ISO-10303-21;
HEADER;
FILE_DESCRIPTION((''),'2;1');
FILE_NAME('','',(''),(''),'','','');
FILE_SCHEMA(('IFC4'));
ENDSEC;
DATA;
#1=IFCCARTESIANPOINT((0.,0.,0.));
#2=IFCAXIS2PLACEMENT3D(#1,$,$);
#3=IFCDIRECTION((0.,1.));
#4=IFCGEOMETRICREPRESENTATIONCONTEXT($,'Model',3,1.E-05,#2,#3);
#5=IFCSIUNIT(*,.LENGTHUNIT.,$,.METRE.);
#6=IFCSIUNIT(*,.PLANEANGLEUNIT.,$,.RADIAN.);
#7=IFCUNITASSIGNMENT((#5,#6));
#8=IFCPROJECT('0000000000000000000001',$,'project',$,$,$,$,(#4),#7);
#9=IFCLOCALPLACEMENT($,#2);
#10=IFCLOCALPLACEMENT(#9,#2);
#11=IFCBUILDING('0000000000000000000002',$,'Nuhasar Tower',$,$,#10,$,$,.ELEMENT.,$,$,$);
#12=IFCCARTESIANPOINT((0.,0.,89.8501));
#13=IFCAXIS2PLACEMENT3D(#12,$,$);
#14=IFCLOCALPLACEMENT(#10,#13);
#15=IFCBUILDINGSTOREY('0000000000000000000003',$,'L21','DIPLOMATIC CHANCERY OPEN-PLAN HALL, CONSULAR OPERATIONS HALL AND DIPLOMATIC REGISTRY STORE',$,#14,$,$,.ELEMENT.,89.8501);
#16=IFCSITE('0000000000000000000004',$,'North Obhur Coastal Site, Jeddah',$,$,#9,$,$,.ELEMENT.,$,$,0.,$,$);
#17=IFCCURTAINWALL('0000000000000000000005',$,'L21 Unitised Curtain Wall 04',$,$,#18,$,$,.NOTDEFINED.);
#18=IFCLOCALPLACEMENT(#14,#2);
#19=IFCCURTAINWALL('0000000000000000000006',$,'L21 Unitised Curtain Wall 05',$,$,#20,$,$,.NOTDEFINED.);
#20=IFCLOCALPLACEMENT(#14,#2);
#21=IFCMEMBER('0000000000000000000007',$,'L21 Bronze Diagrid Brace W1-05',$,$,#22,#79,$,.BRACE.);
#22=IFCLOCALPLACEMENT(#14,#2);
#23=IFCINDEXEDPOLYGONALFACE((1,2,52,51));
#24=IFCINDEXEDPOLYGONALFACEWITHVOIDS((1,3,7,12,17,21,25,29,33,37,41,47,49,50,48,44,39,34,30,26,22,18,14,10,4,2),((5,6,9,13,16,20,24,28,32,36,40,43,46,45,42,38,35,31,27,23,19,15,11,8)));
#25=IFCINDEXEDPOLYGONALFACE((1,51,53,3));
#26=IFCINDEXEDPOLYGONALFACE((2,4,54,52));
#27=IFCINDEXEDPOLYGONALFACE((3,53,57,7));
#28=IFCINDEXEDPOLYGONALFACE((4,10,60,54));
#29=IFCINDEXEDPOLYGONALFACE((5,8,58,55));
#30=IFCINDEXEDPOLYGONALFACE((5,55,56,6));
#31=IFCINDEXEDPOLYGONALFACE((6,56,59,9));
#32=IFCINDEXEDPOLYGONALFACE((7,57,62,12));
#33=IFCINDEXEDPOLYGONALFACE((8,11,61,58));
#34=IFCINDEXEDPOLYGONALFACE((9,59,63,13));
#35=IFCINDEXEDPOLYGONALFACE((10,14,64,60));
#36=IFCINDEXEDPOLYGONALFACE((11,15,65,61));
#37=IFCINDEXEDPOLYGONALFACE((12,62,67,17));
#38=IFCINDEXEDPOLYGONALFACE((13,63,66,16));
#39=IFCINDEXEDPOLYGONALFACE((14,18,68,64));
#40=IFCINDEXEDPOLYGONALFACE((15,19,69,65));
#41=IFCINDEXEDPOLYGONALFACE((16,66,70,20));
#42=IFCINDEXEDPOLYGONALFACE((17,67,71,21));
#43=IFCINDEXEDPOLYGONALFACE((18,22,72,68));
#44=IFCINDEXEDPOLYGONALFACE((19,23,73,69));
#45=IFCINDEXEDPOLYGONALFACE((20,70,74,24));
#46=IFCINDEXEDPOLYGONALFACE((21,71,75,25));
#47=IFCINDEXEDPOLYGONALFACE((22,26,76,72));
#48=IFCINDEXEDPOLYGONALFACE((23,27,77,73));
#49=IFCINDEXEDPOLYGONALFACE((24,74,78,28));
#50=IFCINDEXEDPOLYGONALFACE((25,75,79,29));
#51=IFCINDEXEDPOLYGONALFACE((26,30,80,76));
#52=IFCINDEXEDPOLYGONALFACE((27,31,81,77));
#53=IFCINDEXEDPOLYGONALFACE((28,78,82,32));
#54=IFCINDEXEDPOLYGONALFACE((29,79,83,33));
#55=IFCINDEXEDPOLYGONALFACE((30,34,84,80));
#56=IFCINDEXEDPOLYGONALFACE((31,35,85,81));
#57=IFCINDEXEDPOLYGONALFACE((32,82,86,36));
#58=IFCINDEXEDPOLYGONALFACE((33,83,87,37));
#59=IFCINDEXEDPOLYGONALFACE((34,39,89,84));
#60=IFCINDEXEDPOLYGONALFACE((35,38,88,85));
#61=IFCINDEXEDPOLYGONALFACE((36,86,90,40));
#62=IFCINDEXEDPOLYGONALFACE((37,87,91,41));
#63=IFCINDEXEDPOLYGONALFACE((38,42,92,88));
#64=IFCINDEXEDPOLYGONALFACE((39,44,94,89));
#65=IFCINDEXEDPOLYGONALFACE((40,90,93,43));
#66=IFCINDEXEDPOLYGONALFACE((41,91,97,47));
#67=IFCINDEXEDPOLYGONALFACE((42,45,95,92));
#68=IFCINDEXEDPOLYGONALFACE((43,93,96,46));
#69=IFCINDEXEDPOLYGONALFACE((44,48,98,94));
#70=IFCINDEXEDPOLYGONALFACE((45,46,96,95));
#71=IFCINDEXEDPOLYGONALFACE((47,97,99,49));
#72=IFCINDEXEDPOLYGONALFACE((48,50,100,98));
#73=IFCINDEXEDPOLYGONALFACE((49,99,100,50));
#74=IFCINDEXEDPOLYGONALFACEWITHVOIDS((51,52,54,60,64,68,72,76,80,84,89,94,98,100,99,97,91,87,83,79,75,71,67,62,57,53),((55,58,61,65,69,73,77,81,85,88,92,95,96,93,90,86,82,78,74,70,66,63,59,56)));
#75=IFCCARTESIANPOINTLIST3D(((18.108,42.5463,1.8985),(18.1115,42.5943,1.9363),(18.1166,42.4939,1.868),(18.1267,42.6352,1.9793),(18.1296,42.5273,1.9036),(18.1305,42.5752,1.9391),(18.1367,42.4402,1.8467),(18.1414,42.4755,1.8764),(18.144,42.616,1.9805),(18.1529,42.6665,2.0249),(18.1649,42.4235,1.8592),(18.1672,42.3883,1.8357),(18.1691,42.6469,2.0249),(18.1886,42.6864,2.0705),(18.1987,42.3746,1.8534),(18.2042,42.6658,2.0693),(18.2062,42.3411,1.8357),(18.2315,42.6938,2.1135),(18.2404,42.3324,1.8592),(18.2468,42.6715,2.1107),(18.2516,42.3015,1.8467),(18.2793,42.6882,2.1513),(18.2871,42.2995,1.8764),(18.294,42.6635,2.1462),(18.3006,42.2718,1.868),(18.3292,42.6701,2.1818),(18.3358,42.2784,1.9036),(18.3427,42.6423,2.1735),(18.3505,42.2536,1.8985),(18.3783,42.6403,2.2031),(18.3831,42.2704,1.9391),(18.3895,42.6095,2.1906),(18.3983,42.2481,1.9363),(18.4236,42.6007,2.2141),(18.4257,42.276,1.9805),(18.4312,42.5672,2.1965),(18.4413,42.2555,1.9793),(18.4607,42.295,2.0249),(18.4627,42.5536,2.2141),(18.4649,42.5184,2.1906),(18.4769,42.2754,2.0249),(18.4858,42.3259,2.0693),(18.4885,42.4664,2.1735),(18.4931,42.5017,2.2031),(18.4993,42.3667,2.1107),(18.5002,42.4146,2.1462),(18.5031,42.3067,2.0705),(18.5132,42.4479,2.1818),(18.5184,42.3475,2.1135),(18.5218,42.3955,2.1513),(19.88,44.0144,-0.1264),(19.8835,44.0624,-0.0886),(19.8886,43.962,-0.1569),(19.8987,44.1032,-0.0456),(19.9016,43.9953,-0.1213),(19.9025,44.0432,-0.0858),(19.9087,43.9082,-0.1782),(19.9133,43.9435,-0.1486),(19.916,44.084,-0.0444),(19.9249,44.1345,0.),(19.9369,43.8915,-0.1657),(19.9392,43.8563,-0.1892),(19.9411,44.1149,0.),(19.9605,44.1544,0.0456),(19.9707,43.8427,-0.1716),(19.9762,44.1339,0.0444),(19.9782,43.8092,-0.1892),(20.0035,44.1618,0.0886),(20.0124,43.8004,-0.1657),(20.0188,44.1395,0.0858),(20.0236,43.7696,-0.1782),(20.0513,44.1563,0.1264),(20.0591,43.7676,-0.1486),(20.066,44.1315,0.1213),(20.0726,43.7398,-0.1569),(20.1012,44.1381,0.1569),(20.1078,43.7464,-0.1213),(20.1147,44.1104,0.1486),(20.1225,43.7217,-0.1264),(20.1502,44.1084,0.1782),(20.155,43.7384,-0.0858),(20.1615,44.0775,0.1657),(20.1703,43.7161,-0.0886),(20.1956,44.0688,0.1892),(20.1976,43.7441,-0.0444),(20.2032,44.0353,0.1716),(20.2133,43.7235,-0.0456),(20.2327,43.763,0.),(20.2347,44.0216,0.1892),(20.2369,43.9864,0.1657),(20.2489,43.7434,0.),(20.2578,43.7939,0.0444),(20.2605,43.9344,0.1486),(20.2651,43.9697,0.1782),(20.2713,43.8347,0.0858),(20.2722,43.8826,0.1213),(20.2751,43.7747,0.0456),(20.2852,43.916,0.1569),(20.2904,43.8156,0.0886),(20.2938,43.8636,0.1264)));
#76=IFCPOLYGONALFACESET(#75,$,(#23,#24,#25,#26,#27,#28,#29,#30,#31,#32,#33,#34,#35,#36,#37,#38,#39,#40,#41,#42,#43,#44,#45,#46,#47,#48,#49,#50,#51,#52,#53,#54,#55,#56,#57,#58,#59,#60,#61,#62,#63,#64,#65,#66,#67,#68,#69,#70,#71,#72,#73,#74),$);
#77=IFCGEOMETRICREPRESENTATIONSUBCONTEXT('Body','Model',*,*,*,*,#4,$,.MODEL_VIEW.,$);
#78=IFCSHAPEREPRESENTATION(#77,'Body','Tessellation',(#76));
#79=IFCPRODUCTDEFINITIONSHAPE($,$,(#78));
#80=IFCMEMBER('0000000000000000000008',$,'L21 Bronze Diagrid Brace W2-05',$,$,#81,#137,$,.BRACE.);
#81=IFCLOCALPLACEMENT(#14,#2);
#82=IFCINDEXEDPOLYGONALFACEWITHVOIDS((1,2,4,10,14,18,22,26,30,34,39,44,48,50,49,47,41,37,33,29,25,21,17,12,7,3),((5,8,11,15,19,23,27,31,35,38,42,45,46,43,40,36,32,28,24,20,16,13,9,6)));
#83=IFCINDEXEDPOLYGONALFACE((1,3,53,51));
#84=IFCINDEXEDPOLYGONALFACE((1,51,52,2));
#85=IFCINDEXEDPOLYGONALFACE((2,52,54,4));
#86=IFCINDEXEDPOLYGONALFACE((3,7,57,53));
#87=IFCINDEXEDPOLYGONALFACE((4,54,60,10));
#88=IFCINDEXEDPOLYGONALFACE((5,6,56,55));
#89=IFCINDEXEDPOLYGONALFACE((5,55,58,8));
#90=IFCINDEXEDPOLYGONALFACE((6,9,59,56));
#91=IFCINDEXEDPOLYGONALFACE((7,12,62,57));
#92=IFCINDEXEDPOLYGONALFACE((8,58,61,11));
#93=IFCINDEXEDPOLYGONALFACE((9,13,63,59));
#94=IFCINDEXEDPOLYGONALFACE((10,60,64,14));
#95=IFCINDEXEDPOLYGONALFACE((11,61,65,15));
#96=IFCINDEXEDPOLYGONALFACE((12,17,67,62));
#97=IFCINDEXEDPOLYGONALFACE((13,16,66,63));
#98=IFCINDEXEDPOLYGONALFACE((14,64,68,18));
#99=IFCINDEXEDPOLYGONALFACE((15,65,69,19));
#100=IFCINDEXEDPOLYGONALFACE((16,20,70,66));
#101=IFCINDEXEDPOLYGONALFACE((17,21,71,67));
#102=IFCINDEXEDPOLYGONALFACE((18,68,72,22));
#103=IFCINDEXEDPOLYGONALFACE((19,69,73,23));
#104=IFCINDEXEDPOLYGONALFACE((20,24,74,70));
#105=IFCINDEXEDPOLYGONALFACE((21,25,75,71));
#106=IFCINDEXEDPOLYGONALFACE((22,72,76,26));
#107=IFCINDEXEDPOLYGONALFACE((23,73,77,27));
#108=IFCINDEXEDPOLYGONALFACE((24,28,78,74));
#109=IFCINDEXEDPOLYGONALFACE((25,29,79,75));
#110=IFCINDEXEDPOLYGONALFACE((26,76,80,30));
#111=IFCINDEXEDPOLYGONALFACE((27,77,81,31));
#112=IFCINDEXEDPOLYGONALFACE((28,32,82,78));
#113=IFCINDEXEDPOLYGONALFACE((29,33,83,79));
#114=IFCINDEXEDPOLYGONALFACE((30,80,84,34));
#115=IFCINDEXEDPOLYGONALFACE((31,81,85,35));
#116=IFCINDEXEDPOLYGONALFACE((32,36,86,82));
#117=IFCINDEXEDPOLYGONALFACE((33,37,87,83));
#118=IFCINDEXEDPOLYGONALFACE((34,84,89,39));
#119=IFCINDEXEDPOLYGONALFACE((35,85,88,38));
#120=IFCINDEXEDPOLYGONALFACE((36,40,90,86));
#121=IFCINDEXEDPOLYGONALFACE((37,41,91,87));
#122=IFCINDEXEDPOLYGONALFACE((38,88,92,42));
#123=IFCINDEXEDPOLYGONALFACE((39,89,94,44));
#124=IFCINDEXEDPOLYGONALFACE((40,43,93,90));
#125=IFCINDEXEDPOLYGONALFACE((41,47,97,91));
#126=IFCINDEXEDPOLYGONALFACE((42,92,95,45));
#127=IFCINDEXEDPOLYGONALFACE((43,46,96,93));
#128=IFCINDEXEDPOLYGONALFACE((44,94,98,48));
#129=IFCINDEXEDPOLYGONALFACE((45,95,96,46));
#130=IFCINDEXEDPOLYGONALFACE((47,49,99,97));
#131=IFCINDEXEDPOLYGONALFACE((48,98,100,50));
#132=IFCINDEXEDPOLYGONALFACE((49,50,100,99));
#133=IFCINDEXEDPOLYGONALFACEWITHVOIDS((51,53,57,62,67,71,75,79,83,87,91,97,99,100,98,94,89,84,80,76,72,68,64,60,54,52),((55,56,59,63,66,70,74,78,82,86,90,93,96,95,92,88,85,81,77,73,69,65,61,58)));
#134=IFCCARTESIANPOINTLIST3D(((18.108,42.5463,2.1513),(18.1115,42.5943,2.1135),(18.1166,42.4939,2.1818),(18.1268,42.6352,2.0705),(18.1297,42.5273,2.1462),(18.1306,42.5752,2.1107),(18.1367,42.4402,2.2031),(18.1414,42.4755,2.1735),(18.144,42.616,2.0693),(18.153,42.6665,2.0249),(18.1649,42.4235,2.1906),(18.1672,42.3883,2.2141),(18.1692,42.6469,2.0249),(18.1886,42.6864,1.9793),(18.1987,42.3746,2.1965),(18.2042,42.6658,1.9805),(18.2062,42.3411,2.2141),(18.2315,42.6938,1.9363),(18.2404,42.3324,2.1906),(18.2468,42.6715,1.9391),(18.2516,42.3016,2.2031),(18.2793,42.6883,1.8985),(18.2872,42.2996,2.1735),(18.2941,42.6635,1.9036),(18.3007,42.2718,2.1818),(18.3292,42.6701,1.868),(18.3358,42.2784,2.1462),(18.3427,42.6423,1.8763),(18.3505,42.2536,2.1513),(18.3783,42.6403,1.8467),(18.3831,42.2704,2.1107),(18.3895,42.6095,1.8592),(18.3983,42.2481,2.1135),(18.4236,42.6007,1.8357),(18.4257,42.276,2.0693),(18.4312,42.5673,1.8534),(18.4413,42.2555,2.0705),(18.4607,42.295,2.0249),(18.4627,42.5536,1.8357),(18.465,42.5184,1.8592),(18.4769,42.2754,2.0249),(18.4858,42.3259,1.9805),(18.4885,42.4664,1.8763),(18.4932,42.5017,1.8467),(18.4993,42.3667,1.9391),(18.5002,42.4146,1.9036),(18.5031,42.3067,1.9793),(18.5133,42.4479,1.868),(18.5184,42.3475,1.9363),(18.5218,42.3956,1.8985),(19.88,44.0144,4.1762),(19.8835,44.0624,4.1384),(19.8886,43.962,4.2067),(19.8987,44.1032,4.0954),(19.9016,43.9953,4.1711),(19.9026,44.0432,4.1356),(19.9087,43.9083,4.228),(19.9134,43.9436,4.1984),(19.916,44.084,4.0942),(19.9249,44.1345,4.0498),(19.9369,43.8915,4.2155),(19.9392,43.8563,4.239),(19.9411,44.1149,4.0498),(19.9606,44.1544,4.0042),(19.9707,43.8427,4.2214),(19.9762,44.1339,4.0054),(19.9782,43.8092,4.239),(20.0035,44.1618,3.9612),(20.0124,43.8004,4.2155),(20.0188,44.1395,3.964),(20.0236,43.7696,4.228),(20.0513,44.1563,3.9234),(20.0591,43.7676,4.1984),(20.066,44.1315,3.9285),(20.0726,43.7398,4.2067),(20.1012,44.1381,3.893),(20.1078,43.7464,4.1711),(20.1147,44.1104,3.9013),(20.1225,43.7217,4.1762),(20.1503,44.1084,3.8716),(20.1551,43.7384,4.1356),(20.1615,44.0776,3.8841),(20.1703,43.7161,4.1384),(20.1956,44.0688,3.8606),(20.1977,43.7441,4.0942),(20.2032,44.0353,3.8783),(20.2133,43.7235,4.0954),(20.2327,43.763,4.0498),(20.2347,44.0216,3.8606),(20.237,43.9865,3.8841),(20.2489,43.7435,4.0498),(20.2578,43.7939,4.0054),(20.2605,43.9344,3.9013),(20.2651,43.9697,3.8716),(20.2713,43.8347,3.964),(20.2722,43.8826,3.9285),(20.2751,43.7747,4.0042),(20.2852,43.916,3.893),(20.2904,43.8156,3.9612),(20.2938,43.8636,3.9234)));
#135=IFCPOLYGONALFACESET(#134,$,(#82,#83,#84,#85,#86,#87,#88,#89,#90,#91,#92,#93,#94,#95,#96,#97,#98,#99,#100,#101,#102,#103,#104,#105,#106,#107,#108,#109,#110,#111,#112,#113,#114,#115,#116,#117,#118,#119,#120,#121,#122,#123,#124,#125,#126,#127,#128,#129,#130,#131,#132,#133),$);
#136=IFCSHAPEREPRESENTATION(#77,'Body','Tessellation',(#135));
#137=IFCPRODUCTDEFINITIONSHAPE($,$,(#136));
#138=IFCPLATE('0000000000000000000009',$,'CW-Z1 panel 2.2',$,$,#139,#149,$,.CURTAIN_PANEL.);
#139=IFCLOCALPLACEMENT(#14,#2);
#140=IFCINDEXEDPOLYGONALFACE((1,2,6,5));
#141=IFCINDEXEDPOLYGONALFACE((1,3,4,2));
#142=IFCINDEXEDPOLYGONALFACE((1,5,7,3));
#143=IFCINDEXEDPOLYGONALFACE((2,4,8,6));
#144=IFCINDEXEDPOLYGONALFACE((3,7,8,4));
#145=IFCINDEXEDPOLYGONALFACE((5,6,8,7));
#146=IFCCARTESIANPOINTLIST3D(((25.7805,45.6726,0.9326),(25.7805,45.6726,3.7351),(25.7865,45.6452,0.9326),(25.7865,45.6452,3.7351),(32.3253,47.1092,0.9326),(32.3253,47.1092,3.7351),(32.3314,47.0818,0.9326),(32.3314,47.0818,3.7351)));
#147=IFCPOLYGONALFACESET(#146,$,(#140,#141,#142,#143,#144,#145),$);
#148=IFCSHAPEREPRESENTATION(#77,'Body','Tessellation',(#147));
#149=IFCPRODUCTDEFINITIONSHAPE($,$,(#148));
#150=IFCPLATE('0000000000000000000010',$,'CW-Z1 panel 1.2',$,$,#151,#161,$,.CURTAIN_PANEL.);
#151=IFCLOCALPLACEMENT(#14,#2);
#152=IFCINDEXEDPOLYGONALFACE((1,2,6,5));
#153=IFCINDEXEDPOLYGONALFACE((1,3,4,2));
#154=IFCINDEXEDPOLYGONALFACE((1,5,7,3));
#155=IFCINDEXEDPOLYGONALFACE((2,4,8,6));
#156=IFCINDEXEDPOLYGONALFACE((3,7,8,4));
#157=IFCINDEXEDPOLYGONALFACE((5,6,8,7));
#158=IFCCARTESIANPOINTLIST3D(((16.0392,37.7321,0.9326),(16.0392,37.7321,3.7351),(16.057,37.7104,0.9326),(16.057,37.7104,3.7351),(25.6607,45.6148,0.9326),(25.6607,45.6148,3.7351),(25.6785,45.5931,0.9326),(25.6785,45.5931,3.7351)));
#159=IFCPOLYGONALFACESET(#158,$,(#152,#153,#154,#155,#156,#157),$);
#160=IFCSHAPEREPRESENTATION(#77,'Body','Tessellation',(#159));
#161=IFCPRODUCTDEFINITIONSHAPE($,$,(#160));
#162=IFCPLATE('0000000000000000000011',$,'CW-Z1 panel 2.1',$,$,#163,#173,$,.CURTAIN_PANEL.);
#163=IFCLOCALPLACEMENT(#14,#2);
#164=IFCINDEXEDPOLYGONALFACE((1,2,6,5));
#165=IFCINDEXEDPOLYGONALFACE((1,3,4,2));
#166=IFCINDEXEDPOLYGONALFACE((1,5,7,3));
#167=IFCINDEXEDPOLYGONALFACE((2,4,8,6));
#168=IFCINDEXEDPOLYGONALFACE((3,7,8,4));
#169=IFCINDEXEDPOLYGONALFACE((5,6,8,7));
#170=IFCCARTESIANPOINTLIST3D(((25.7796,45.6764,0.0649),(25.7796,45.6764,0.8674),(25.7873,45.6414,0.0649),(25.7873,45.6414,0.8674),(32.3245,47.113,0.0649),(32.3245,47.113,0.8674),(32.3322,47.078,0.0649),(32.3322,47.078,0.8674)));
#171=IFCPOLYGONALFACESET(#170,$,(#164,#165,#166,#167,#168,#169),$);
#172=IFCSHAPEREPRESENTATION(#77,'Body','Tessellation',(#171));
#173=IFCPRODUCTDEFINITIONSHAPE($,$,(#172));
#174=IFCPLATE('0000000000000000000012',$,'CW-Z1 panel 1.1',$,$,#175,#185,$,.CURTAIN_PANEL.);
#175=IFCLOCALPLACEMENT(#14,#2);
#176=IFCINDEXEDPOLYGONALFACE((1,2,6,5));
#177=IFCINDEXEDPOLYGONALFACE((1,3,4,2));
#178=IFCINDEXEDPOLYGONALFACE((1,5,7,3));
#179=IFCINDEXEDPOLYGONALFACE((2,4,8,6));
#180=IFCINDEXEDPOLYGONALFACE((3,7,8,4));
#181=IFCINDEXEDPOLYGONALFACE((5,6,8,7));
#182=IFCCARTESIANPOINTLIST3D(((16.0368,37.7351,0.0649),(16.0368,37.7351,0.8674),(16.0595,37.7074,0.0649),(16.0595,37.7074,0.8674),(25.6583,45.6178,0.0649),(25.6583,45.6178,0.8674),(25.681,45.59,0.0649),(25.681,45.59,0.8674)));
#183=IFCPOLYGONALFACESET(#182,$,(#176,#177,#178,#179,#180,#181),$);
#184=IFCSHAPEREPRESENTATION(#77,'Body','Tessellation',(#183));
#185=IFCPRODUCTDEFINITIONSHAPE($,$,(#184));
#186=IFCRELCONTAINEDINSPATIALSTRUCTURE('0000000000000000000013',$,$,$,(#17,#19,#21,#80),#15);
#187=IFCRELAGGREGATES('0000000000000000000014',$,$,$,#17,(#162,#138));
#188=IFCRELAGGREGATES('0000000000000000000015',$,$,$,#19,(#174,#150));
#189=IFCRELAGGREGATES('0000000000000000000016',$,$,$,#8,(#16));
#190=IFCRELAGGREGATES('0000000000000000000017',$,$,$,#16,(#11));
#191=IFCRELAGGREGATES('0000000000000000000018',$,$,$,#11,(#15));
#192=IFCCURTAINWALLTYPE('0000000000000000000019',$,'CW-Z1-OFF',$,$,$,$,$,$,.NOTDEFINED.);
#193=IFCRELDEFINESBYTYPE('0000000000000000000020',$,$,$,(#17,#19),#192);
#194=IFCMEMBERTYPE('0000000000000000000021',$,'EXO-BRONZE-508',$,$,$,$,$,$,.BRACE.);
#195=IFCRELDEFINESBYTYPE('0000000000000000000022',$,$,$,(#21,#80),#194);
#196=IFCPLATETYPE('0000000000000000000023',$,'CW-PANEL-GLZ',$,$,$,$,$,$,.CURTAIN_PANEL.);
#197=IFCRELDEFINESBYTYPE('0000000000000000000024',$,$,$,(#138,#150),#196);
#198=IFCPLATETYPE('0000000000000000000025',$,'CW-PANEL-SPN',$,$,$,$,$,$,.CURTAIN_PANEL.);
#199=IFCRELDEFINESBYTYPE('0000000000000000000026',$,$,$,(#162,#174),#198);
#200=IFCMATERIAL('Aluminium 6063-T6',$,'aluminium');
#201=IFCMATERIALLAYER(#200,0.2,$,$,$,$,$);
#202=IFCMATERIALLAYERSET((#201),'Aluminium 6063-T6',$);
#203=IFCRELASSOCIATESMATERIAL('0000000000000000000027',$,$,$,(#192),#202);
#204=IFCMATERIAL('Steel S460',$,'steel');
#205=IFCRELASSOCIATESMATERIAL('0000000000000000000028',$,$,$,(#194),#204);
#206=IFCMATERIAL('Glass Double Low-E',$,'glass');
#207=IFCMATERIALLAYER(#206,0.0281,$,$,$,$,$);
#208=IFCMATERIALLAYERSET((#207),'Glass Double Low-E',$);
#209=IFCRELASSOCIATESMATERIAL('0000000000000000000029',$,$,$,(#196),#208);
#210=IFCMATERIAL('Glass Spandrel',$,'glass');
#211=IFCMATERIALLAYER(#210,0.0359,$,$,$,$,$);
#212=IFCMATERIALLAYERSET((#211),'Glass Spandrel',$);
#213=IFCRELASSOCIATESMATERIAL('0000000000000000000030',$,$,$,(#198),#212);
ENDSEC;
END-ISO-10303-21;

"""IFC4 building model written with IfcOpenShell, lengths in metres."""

from ifc_helpers import new_model, si_unit, direction, frame, origin, origin_2d, place, context, subcontext, project, spatial, rectangle, hollow_circle, extrude, material, layer, layer_set, material_profile, profile_set, type_object, element, aggregate, save


model = new_model("IFC4")

# Units and contexts
model_context = context("Model", 3, precision=1e-05, world=origin(), true_north=direction((0.0, 1.0)))
body_context = subcontext(model_context, "Body", "Model", "MODEL_VIEW")
ifc_project = project(units=[si_unit("LENGTHUNIT", "METRE"), si_unit("PLANEANGLEUNIT", "RADIAN")], contexts=[model_context])

# Site, building, storey
site_placement = place(None, origin())
site = spatial("IfcSite", under=ifc_project, at=site_placement, Name="North Obhur Coastal Site, Jeddah", CompositionType="ELEMENT", RefElevation=0.0)
building_placement = place(site_placement, origin())
building = spatial("IfcBuilding", under=site, at=building_placement, Name="Nuhasar Tower", CompositionType="ELEMENT")
storey_placement = place(building_placement, frame((0.0, 0.0, 89.8501)))
storey = spatial("IfcBuildingStorey", under=building, at=storey_placement, Name="L21", Description="DIPLOMATIC CHANCERY OPEN-PLAN HALL, CONSULAR OPERATIONS HALL AND DIPLOMATIC REGISTRY STORE", CompositionType="ELEMENT", Elevation=89.8501)

# Curtain wall
ifc_material_1 = material(Name="Aluminium 6063-T6", Category="aluminium")
ifc_layer_1 = layer(ifc_material_1, 0.2)
ifc_layer_set_1 = layer_set([ifc_layer_1], Name="Aluminium 6063-T6")
curtain_wall_type = type_object("IfcCurtainWallType", Name="CW-Z1-OFF", PredefinedType="NOTDEFINED", material=ifc_layer_set_1)
curtain_wall_1_placement = place(storey_placement, origin())
curtain_wall_1 = element("IfcCurtainWall", 1, at=curtain_wall_1_placement, inside=storey, type_object=curtain_wall_type, Name="L21 Unitised Curtain Wall 04", PredefinedType="NOTDEFINED")

# Curtain wall
curtain_wall_2_placement = place(storey_placement, origin())
curtain_wall_2 = element("IfcCurtainWall", 2, at=curtain_wall_2_placement, inside=storey, type_object=curtain_wall_type, Name="L21 Unitised Curtain Wall 05", PredefinedType="NOTDEFINED")

# Members
ifc_material_2 = material(Name="Steel S460", Category="steel")
ifc_material_profile_1 = material_profile(ifc_material_2, hollow_circle(Radius=0.2539, WallThickness=0.0254, at=origin_2d()), Name="HSS508X25.4")
ifc_profile_set_1 = profile_set([ifc_material_profile_1], Name="Steel S460")
member_type_1 = type_object("IfcMemberType", Name="EXO-BRONZE-508", PredefinedType="BRACE", material=ifc_profile_set_1)
for number, where, z_axis, x_axis, name in (
    (3, (20.0869, 43.939, 0.0), (-0.578102, -0.478937, 0.660619), (0.637969, -0.770062, 0.0), "L21 Bronze Diagrid Brace W1-05"),
    (4, (18.3149, 42.4709, 2.0249), (0.578102, 0.478937, 0.660619), (-0.637969, 0.770062, 0.0), "L21 Bronze Diagrid Brace W2-05"),
):
    element("IfcMember", number, at=place(storey_placement, frame(where, z_axis=z_axis, x_axis=x_axis)), inside=storey, type_object=member_type_1, Name=name, PredefinedType="BRACE", context=body_context, shape_type="SweptSolid", body=[
        extrude(hollow_circle(Radius=0.2539, WallThickness=0.0254, at=origin_2d()), origin(), (0.0, 0.0, 1.0), 3.0652),
    ])

# Plates
ifc_material_3 = material(Name="Glass Double Low-E", Category="glass")
ifc_layer_2 = layer(ifc_material_3, 0.0281)
ifc_layer_set_2 = layer_set([ifc_layer_2], Name="Glass Double Low-E")
plate_type_1 = type_object("IfcPlateType", Name="CW-PANEL-GLZ", PredefinedType="CURTAIN_PANEL", material=ifc_layer_set_2)
plate_1_placement = place(storey_placement, frame((29.0559, 46.3772, 0.9326), z_axis=(0.0, 0.0, 1.0), x_axis=(-0.976746, -0.214399, 0.0)))
plate_1 = element("IfcPlate", 5, at=plate_1_placement, type_object=plate_type_1, Name="CW-Z1 panel 2.2", PredefinedType="CURTAIN_PANEL", context=body_context, shape_type="SweptSolid", body=[
    extrude(rectangle(XDim=6.7007, YDim=0.0281, at=origin_2d()), origin(), (0.0, 0.0, 1.0), 2.8025),
])
plate_2_placement = place(storey_placement, frame((20.8589, 41.6626, 0.9326), z_axis=(0.0, 0.0, 1.0), x_axis=(-0.773542, -0.633745, 0.0)))
plate_2 = element("IfcPlate", 6, at=plate_2_placement, type_object=plate_type_1, Name="CW-Z1 panel 1.2", PredefinedType="CURTAIN_PANEL", context=body_context, shape_type="SweptSolid", body=[
    extrude(rectangle(XDim=12.4382, YDim=0.0281, at=origin_2d()), origin(), (0.0, 0.0, 1.0), 2.8025),
])
ifc_material_4 = material(Name="Glass Spandrel", Category="glass")
ifc_layer_3 = layer(ifc_material_4, 0.0359)
ifc_layer_set_3 = layer_set([ifc_layer_3], Name="Glass Spandrel")
plate_type_2 = type_object("IfcPlateType", Name="CW-PANEL-SPN", PredefinedType="CURTAIN_PANEL", material=ifc_layer_set_3)
plate_3_placement = place(storey_placement, frame((29.0559, 46.3772, 0.0649), z_axis=(0.0, 0.0, 1.0), x_axis=(-0.976746, -0.214399, 0.0)))
plate_3 = element("IfcPlate", 7, at=plate_3_placement, type_object=plate_type_2, Name="CW-Z1 panel 2.1", PredefinedType="CURTAIN_PANEL", context=body_context, shape_type="SweptSolid", body=[
    extrude(rectangle(XDim=6.7007, YDim=0.0359, at=origin_2d()), origin(), (0.0, 0.0, 1.0), 0.8025),
])
aggregate(curtain_wall_1, [plate_3, plate_1])
plate_4_placement = place(storey_placement, frame((20.8589, 41.6626, 0.0649), z_axis=(0.0, 0.0, 1.0), x_axis=(-0.773542, -0.633745, 0.0)))
plate_4 = element("IfcPlate", 8, at=plate_4_placement, type_object=plate_type_2, Name="CW-Z1 panel 1.1", PredefinedType="CURTAIN_PANEL", context=body_context, shape_type="SweptSolid", body=[
    extrude(rectangle(XDim=12.4382, YDim=0.0359, at=origin_2d()), origin(), (0.0, 0.0, 1.0), 0.8025),
])
aggregate(curtain_wall_2, [plate_4, plate_2])

save(model, "model.ifc")
